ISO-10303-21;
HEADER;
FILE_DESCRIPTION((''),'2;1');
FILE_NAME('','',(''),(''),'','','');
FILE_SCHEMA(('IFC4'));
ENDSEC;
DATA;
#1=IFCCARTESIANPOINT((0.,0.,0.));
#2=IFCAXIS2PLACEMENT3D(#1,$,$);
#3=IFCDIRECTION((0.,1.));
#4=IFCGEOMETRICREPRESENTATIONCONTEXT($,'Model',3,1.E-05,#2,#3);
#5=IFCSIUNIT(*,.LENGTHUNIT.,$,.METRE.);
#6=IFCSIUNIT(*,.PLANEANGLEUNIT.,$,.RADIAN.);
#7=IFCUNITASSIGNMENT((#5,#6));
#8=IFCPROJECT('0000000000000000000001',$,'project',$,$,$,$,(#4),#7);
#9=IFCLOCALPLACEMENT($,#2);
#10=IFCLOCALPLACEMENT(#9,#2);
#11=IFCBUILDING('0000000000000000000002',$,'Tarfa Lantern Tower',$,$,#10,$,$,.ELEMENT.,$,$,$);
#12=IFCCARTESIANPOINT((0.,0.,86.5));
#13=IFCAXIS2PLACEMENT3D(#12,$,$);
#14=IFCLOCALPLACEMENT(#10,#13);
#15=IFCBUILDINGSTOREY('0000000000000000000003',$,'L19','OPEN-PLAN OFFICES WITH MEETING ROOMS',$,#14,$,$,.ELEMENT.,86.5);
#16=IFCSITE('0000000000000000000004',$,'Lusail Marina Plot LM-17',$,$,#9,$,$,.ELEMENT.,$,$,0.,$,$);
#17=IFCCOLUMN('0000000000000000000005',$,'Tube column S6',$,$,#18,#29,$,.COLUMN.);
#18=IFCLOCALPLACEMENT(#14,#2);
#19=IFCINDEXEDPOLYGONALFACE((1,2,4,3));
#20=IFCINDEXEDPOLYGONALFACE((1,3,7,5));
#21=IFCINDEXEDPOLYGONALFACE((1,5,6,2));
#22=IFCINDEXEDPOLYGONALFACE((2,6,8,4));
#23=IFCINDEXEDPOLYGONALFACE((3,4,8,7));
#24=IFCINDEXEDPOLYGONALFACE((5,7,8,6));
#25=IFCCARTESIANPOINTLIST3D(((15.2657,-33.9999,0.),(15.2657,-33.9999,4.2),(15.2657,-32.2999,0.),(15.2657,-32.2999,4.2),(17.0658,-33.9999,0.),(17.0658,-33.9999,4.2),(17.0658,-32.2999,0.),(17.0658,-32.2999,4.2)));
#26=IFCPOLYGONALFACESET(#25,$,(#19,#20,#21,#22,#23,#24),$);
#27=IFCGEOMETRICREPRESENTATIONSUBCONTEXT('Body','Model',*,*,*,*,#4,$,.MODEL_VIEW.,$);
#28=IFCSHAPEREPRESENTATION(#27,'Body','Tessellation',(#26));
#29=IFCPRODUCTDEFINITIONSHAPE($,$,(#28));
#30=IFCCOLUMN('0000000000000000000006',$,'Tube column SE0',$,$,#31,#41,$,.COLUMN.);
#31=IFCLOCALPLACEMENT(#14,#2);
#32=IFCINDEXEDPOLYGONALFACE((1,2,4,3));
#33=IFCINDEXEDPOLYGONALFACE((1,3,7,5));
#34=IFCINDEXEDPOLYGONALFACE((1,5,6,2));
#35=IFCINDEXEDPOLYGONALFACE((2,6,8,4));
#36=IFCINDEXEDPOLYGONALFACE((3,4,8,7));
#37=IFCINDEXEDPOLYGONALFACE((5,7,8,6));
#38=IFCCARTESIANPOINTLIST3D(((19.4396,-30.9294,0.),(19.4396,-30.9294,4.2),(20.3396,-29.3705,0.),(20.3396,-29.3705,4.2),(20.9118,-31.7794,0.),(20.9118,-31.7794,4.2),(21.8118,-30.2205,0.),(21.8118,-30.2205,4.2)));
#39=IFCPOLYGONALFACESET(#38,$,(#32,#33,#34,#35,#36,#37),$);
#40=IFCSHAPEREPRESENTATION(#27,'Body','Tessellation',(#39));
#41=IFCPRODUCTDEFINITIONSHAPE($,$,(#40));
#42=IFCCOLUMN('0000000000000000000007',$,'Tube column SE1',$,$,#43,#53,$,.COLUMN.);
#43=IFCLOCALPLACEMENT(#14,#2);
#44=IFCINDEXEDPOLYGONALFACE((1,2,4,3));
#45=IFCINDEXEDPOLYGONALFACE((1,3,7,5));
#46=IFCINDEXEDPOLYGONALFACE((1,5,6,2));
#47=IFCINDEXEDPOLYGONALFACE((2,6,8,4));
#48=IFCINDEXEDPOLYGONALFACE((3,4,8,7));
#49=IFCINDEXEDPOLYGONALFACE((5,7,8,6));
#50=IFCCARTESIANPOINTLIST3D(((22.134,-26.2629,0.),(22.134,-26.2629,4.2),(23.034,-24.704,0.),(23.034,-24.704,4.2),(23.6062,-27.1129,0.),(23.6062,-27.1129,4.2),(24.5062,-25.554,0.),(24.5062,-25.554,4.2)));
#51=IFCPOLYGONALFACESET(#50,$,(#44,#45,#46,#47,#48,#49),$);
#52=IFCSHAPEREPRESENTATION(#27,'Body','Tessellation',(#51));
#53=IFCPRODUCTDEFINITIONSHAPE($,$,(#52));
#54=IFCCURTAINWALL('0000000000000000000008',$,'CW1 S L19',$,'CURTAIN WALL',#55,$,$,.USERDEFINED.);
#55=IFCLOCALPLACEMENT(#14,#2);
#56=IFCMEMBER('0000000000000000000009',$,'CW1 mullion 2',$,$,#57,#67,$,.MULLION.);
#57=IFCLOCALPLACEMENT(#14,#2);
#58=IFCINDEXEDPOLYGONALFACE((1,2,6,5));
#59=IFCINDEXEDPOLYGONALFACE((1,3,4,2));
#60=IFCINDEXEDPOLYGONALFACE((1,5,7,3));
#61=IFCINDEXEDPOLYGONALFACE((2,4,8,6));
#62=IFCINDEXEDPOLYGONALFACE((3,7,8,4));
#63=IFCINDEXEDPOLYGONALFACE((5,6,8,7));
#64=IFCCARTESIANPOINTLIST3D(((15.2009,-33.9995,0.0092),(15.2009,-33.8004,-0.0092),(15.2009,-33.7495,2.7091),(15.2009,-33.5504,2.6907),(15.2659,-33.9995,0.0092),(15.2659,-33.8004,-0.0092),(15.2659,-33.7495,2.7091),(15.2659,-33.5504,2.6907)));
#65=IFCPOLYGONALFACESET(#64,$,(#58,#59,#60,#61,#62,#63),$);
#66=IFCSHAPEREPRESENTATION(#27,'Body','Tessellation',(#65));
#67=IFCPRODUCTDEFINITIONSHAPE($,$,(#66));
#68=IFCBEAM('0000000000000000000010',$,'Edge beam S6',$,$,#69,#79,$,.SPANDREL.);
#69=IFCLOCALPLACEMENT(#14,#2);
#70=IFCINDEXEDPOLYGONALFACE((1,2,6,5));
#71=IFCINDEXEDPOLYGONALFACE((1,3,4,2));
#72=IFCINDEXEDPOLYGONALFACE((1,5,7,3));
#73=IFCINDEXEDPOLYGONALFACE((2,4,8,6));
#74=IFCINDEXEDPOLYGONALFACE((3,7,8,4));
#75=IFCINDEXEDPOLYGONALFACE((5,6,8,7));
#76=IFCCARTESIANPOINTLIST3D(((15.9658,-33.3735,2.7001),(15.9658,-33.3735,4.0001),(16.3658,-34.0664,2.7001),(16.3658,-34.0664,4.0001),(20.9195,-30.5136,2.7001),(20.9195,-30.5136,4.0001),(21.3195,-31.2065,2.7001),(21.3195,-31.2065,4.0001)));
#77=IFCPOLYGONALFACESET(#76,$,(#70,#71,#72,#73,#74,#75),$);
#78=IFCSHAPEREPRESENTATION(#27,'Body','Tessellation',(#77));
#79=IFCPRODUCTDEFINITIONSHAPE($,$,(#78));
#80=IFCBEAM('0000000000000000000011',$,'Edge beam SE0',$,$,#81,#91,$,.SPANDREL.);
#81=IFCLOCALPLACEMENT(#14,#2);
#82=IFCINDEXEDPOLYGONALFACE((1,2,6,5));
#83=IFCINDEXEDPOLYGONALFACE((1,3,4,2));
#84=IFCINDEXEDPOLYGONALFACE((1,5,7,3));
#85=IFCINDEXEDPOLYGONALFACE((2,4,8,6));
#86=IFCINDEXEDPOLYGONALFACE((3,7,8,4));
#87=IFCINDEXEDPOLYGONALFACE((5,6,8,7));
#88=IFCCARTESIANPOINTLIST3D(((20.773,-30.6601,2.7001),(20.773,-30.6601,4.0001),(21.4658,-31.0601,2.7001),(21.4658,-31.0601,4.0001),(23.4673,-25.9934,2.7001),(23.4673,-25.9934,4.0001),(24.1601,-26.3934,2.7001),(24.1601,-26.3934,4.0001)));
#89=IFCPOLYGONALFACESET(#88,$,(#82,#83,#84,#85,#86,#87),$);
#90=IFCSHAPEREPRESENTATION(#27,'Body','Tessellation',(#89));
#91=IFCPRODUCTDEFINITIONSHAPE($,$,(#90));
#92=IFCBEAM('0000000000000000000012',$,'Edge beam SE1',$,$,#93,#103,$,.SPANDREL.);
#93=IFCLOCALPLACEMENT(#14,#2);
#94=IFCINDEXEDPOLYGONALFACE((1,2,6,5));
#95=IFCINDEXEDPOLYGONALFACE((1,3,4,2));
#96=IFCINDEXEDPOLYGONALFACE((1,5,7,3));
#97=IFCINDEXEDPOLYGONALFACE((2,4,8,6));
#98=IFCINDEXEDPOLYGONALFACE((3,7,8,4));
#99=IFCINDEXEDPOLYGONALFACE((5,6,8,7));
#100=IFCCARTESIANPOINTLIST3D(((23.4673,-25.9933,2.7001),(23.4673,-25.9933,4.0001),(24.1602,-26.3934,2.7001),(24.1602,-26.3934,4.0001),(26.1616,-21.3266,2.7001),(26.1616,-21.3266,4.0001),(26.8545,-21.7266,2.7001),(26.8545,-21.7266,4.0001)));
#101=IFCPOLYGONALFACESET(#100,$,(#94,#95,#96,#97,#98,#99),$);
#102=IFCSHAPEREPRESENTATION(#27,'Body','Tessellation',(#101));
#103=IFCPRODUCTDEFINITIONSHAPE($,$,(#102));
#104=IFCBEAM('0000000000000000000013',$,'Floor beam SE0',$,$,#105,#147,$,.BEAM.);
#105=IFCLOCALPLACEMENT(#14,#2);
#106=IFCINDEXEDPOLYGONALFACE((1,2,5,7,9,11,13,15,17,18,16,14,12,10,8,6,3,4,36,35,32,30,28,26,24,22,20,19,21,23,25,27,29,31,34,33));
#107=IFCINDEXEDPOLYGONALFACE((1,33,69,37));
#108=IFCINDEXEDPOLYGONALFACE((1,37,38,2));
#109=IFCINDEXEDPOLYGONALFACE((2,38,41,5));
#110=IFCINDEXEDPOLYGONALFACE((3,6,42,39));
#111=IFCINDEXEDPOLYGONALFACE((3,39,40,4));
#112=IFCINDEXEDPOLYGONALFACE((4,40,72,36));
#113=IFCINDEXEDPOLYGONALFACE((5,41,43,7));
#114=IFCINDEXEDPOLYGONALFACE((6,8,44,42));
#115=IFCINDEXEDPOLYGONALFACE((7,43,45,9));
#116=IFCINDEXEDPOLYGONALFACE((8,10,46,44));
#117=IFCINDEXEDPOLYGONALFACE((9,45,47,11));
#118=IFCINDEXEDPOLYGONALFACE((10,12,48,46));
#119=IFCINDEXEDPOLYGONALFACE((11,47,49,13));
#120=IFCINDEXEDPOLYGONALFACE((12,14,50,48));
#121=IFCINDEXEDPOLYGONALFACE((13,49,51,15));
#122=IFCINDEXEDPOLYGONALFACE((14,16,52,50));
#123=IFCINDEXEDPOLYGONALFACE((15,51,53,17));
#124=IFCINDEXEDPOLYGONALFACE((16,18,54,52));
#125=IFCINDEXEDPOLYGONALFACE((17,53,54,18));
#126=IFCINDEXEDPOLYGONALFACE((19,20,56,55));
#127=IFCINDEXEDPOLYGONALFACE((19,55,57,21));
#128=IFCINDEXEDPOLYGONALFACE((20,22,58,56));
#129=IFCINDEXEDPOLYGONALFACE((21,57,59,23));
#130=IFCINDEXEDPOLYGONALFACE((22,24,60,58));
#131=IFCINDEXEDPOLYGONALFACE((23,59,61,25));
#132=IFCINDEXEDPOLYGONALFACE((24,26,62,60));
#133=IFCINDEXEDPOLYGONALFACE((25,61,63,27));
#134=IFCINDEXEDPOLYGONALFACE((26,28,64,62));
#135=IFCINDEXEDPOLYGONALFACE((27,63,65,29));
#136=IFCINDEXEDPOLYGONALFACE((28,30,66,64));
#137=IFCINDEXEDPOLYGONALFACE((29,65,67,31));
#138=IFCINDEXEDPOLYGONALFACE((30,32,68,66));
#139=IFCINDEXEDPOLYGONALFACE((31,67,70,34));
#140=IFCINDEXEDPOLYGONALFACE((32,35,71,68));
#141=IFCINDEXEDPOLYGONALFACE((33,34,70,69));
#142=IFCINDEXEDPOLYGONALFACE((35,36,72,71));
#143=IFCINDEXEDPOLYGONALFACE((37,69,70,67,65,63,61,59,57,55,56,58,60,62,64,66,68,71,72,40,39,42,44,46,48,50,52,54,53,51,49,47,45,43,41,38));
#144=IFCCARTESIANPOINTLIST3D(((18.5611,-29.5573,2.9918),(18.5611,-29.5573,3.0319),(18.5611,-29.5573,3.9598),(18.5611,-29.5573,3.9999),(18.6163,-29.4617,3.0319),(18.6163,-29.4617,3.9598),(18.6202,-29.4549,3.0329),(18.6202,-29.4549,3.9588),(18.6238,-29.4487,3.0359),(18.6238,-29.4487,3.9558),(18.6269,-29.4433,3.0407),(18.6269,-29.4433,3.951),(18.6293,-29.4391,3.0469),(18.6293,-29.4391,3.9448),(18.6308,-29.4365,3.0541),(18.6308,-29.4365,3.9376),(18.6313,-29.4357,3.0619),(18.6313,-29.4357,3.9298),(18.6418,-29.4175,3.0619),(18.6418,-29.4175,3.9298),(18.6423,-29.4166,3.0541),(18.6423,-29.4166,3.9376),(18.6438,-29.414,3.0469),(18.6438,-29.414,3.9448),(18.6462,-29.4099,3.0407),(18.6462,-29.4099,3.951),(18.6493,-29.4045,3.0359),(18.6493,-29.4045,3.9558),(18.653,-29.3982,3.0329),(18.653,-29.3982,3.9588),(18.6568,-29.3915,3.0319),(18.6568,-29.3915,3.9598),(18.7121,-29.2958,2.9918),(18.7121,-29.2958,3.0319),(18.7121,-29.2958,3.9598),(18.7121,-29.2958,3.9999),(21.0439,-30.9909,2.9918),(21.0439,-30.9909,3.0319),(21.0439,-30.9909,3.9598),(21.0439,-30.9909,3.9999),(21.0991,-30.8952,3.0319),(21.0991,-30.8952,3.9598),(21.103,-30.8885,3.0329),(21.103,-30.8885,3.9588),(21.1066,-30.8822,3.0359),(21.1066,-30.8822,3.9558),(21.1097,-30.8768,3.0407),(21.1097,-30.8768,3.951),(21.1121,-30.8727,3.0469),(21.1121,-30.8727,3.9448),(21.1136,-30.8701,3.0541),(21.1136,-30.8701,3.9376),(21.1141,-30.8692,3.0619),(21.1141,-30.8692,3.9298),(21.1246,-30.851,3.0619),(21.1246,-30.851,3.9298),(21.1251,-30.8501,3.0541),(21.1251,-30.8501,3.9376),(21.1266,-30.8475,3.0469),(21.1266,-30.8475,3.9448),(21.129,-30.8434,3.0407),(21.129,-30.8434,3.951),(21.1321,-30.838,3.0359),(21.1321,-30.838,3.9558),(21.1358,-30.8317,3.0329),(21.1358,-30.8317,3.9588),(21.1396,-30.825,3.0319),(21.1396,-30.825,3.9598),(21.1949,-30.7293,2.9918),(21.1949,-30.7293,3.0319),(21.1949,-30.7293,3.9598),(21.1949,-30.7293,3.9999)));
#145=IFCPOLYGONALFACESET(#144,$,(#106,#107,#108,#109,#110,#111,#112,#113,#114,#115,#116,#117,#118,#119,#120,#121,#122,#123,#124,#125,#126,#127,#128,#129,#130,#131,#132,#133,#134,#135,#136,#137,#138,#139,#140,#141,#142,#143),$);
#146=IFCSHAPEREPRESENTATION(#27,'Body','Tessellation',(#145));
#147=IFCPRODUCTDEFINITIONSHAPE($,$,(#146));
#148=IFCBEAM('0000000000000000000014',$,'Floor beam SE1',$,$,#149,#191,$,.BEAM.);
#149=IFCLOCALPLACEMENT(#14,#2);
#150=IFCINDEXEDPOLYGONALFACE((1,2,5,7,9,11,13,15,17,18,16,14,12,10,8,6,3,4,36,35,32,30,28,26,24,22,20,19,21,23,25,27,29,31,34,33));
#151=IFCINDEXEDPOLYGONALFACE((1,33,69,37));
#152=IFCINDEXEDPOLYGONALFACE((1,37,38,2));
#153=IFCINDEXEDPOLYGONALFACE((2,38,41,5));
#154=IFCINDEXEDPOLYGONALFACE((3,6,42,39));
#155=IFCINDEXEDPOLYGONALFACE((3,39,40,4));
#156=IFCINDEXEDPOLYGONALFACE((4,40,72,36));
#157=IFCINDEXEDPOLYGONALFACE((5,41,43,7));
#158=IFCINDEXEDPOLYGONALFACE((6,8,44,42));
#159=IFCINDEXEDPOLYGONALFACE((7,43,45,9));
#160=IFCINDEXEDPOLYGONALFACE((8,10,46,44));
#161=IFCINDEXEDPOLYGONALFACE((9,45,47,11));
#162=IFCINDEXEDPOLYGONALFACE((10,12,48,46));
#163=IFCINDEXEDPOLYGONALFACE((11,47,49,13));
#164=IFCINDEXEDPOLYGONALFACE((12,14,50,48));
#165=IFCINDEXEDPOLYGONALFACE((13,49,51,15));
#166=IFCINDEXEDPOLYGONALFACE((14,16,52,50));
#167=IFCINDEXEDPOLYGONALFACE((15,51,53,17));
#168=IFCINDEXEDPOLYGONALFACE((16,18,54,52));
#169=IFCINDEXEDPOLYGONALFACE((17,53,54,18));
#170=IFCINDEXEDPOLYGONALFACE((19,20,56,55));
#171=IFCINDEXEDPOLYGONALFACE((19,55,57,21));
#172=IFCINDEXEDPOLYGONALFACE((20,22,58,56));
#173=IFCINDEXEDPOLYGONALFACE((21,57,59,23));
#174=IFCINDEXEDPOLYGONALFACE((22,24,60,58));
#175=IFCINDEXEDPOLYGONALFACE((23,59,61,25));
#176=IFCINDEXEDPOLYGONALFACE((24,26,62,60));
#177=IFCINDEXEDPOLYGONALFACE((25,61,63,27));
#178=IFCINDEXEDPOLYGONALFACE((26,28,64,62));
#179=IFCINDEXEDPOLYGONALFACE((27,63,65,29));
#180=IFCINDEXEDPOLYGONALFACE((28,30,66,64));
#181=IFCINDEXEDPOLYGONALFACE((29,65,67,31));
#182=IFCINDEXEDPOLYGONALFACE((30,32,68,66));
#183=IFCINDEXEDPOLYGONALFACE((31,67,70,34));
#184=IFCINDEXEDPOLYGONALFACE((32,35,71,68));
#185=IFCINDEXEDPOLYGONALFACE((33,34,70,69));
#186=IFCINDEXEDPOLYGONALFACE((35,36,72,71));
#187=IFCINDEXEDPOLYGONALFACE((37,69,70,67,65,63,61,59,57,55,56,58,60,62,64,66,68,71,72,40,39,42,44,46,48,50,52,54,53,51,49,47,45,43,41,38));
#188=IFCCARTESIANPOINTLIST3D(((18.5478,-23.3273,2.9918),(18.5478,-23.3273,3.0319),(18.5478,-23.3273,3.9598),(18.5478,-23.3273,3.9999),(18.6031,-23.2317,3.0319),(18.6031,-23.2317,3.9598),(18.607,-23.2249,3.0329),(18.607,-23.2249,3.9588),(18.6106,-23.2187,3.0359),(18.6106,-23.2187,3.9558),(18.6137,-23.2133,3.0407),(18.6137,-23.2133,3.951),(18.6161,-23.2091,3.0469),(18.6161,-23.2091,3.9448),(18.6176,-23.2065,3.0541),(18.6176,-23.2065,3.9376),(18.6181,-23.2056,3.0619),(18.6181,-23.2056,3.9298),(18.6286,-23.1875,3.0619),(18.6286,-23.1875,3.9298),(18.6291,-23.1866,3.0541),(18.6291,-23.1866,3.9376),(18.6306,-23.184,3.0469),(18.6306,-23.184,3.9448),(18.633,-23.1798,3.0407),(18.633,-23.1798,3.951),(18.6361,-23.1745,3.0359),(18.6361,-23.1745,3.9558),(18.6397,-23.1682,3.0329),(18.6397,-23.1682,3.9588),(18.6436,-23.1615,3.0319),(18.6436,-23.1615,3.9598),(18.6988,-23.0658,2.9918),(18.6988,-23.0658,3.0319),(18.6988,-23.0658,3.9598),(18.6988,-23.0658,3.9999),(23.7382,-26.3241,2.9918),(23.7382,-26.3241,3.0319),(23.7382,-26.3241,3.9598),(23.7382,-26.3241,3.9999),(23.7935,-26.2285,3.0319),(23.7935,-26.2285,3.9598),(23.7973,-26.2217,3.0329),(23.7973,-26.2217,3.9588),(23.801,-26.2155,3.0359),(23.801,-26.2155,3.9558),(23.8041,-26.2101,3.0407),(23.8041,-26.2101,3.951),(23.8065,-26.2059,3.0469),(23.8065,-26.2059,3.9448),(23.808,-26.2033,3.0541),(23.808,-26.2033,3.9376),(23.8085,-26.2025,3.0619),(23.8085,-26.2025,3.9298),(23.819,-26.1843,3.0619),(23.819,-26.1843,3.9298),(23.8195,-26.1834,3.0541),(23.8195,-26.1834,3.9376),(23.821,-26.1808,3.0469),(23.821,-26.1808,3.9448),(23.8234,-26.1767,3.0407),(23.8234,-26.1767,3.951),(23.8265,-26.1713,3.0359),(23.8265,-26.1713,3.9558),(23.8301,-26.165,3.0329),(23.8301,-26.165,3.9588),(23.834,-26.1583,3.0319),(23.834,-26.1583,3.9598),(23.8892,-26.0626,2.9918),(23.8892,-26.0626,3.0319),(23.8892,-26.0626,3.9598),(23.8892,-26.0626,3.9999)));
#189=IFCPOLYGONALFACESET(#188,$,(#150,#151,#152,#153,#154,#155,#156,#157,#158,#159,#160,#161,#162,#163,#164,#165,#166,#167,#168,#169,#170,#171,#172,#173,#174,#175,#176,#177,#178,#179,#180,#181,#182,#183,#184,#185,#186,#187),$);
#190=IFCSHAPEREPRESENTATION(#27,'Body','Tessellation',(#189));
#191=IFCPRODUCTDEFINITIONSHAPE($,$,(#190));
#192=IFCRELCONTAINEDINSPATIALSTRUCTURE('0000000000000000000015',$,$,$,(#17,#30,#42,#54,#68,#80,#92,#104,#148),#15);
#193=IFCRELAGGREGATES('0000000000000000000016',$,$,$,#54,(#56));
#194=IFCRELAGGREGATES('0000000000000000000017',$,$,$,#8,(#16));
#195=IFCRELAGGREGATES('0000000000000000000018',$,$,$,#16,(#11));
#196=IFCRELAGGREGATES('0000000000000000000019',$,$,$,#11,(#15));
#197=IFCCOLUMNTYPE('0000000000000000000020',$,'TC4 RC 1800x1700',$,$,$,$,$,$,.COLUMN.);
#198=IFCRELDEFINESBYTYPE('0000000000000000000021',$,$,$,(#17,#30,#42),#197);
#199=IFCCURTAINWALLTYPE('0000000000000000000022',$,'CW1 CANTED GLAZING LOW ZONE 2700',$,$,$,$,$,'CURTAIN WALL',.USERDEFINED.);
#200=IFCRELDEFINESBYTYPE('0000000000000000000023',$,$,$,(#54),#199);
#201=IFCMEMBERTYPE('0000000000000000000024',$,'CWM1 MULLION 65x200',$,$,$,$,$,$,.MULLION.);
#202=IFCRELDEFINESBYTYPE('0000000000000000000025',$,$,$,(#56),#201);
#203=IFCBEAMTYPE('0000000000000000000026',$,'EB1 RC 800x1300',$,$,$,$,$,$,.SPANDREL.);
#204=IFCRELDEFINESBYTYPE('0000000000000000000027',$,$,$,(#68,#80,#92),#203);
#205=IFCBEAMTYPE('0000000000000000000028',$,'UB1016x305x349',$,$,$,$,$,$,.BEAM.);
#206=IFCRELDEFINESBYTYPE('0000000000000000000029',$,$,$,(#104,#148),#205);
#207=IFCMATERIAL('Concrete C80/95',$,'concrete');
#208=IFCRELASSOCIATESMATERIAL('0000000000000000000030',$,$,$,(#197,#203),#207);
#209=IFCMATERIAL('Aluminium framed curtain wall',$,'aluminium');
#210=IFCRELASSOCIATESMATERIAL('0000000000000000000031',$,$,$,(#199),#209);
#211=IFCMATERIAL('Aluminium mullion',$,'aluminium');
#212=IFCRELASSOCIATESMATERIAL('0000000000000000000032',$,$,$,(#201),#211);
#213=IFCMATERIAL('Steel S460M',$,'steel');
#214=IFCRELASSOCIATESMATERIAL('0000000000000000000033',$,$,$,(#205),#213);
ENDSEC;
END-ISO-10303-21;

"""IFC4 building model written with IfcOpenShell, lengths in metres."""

from ifc_helpers import new_model, si_unit, direction, frame, origin, origin_2d, place, context, subcontext, project, spatial, rectangle, i_section, extrude, material, material_profile, profile_set, type_object, element, aggregate, save


model = new_model("IFC4")

# Units and contexts
model_context = context("Model", 3, precision=1e-05, world=origin(), true_north=direction((0.0, 1.0)))
body_context = subcontext(model_context, "Body", "Model", "MODEL_VIEW")
ifc_project = project(units=[si_unit("LENGTHUNIT", "METRE"), si_unit("PLANEANGLEUNIT", "RADIAN")], contexts=[model_context])

# Site, building, storey
site_placement = place(None, origin())
site = spatial("IfcSite", under=ifc_project, at=site_placement, Name="Lusail Marina Plot LM-17", CompositionType="ELEMENT", RefElevation=0.0)
building_placement = place(site_placement, origin())
building = spatial("IfcBuilding", under=site, at=building_placement, Name="Tarfa Lantern Tower", CompositionType="ELEMENT")
storey_placement = place(building_placement, frame((0.0, 0.0, 86.5)))
storey = spatial("IfcBuildingStorey", under=building, at=storey_placement, Name="L19", Description="OPEN-PLAN OFFICES WITH MEETING ROOMS", CompositionType="ELEMENT", Elevation=86.5)

# Columns
ifc_material_1 = material(Name="Concrete C80/95", Category="concrete")
ifc_material_profile_1 = material_profile(ifc_material_1, rectangle(XDim=1.8, YDim=1.7, at=origin_2d()), Name="RC 1800x1700")
ifc_profile_set_1 = profile_set([ifc_material_profile_1], Name="Concrete C80/95")
column_type = type_object("IfcColumnType", Name="TC4 RC 1800x1700", PredefinedType="COLUMN", material=ifc_profile_set_1)
for number, where, z_axis, x_axis, name in (
    (1, (16.1658, -33.1499, 0.0), (0.0, 0.0, 1.0), (1.0, 0.0, 0.0), "Tube column S6"),
    (2, (20.6257, -30.575, 0.0), (0.0, 0.0, 1.0), (0.5, 0.866025, 0.0), "Tube column SE0"),
    (3, (23.3201, -25.9084, 0.0), (0.0, 0.0, 1.0), (0.5, 0.866025, 0.0), "Tube column SE1"),
):
    element("IfcColumn", number, at=place(storey_placement, frame(where, z_axis=z_axis, x_axis=x_axis)), inside=storey, type_object=column_type, Name=name, PredefinedType="COLUMN", context=body_context, shape_type="SweptSolid", body=[
        extrude(rectangle(XDim=1.8, YDim=1.7, at=origin_2d()), origin(), (0.0, 0.0, 1.0), 4.2),
    ])

# Curtain wall, member
ifc_material_2 = material(Name="Aluminium framed curtain wall", Category="aluminium")
curtain_wall_type = type_object("IfcCurtainWallType", Name="CW1 CANTED GLAZING LOW ZONE 2700", ElementType="CURTAIN WALL", PredefinedType="USERDEFINED", material=ifc_material_2)
curtain_wall_placement = place(storey_placement, origin())
curtain_wall = element("IfcCurtainWall", 4, at=curtain_wall_placement, inside=storey, type_object=curtain_wall_type, Name="CW1 S L19", ObjectType="CURTAIN WALL", PredefinedType="USERDEFINED")
ifc_material_3 = material(Name="Aluminium mullion", Category="aluminium")
ifc_material_profile_2 = material_profile(ifc_material_3, rectangle(XDim=0.0649, YDim=0.2, at=origin_2d()), Name="AL MULLION 65x200")
ifc_profile_set_2 = profile_set([ifc_material_profile_2], Name="Aluminium mullion")
member_type = type_object("IfcMemberType", Name="CWM1 MULLION 65x200", PredefinedType="MULLION", material=ifc_profile_set_2)
member_placement = place(storey_placement, frame((15.2334, -33.8999, 0.0), z_axis=(0.0, 0.0922, 0.995741), x_axis=(-1.0, 0.0, 0.0)))
member = element("IfcMember", 5, at=member_placement, type_object=member_type, Name="CW1 mullion 2", PredefinedType="MULLION", context=body_context, shape_type="SweptSolid", body=[
    extrude(rectangle(XDim=0.0649, YDim=0.2, at=origin_2d()), origin(), (0.0, 0.0, 1.0), 2.7114),
])
aggregate(curtain_wall, [member])

# Beams
ifc_material_profile_3 = material_profile(ifc_material_1, rectangle(XDim=0.8, YDim=1.3, at=origin_2d()), Name="RC 800x1300")
ifc_profile_set_3 = profile_set([ifc_material_profile_3], Name="Concrete C80/95")
beam_type_1 = type_object("IfcBeamType", Name="EB1 RC 800x1300", PredefinedType="SPANDREL", material=ifc_profile_set_3)
beam_1_placement = place(storey_placement, frame((16.1658, -33.72, 3.3501), z_axis=(0.866033, 0.499986, 0.0), x_axis=(-0.499986, 0.866033, 0.0)))
element("IfcBeam", 6, at=beam_1_placement, inside=storey, type_object=beam_type_1, Name="Edge beam S6", PredefinedType="SPANDREL", context=body_context, shape_type="SweptSolid", body=[
    extrude(rectangle(XDim=0.8, YDim=1.3, at=origin_2d()), origin(), (0.0, 0.0, 1.0), 5.72),
])
for number, where, z_axis, x_axis, name in (
    (7, (21.1194, -30.8601, 3.3501), (0.499998, 0.866026, 0.0), (-0.866026, 0.499998, 0.0), "Edge beam SE0"),
    (8, (23.8137, -26.1934, 3.3501), (0.499998, 0.866026, 0.0), (-0.866026, 0.499998, 0.0), "Edge beam SE1"),
):
    element("IfcBeam", number, at=place(storey_placement, frame(where, z_axis=z_axis, x_axis=x_axis)), inside=storey, type_object=beam_type_1, Name=name, PredefinedType="SPANDREL", context=body_context, shape_type="SweptSolid", body=[
        extrude(rectangle(XDim=0.8, YDim=1.3, at=origin_2d()), origin(), (0.0, 0.0, 1.0), 5.3887),
    ])
ifc_material_4 = material(Name="Steel S460M", Category="steel")
ifc_material_profile_4 = material_profile(ifc_material_4, i_section(OverallWidth=0.302, OverallDepth=1.0081, WebThickness=0.021, FlangeThickness=0.04, FilletRadius=0.03, at=origin_2d()), Name="UB1016x305x349")
ifc_profile_set_4 = profile_set([ifc_material_profile_4], Name="Steel S460M")
beam_type_2 = type_object("IfcBeamType", Name="UB1016x305x349", PredefinedType="BEAM", material=ifc_profile_set_4)
beam_2_placement = place(storey_placement, frame((21.1194, -30.8601, 3.4958), z_axis=(-0.866013, 0.500022, 0.0), x_axis=(-0.500022, -0.866013, 0.0)))
element("IfcBeam", 9, at=beam_2_placement, inside=storey, type_object=beam_type_2, Name="Floor beam SE0", PredefinedType="BEAM", context=body_context, shape_type="SweptSolid", body=[
    extrude(i_section(OverallWidth=0.302, OverallDepth=1.0081, WebThickness=0.021, FlangeThickness=0.04, FilletRadius=0.03, at=origin_2d()), origin(), (0.0, 0.0, 1.0), 2.8669),
])
beam_3_placement = place(storey_placement, frame((23.8137, -26.1934, 3.4958), z_axis=(-0.866016, 0.500016, 0.0), x_axis=(-0.500016, -0.866016, 0.0)))
element("IfcBeam", 10, at=beam_3_placement, inside=storey, type_object=beam_type_2, Name="Floor beam SE1", PredefinedType="BEAM", context=body_context, shape_type="SweptSolid", body=[
    extrude(i_section(OverallWidth=0.302, OverallDepth=1.0081, WebThickness=0.021, FlangeThickness=0.04, FilletRadius=0.03, at=origin_2d()), origin(), (0.0, 0.0, 1.0), 5.9934),
])

save(model, "model.ifc")
